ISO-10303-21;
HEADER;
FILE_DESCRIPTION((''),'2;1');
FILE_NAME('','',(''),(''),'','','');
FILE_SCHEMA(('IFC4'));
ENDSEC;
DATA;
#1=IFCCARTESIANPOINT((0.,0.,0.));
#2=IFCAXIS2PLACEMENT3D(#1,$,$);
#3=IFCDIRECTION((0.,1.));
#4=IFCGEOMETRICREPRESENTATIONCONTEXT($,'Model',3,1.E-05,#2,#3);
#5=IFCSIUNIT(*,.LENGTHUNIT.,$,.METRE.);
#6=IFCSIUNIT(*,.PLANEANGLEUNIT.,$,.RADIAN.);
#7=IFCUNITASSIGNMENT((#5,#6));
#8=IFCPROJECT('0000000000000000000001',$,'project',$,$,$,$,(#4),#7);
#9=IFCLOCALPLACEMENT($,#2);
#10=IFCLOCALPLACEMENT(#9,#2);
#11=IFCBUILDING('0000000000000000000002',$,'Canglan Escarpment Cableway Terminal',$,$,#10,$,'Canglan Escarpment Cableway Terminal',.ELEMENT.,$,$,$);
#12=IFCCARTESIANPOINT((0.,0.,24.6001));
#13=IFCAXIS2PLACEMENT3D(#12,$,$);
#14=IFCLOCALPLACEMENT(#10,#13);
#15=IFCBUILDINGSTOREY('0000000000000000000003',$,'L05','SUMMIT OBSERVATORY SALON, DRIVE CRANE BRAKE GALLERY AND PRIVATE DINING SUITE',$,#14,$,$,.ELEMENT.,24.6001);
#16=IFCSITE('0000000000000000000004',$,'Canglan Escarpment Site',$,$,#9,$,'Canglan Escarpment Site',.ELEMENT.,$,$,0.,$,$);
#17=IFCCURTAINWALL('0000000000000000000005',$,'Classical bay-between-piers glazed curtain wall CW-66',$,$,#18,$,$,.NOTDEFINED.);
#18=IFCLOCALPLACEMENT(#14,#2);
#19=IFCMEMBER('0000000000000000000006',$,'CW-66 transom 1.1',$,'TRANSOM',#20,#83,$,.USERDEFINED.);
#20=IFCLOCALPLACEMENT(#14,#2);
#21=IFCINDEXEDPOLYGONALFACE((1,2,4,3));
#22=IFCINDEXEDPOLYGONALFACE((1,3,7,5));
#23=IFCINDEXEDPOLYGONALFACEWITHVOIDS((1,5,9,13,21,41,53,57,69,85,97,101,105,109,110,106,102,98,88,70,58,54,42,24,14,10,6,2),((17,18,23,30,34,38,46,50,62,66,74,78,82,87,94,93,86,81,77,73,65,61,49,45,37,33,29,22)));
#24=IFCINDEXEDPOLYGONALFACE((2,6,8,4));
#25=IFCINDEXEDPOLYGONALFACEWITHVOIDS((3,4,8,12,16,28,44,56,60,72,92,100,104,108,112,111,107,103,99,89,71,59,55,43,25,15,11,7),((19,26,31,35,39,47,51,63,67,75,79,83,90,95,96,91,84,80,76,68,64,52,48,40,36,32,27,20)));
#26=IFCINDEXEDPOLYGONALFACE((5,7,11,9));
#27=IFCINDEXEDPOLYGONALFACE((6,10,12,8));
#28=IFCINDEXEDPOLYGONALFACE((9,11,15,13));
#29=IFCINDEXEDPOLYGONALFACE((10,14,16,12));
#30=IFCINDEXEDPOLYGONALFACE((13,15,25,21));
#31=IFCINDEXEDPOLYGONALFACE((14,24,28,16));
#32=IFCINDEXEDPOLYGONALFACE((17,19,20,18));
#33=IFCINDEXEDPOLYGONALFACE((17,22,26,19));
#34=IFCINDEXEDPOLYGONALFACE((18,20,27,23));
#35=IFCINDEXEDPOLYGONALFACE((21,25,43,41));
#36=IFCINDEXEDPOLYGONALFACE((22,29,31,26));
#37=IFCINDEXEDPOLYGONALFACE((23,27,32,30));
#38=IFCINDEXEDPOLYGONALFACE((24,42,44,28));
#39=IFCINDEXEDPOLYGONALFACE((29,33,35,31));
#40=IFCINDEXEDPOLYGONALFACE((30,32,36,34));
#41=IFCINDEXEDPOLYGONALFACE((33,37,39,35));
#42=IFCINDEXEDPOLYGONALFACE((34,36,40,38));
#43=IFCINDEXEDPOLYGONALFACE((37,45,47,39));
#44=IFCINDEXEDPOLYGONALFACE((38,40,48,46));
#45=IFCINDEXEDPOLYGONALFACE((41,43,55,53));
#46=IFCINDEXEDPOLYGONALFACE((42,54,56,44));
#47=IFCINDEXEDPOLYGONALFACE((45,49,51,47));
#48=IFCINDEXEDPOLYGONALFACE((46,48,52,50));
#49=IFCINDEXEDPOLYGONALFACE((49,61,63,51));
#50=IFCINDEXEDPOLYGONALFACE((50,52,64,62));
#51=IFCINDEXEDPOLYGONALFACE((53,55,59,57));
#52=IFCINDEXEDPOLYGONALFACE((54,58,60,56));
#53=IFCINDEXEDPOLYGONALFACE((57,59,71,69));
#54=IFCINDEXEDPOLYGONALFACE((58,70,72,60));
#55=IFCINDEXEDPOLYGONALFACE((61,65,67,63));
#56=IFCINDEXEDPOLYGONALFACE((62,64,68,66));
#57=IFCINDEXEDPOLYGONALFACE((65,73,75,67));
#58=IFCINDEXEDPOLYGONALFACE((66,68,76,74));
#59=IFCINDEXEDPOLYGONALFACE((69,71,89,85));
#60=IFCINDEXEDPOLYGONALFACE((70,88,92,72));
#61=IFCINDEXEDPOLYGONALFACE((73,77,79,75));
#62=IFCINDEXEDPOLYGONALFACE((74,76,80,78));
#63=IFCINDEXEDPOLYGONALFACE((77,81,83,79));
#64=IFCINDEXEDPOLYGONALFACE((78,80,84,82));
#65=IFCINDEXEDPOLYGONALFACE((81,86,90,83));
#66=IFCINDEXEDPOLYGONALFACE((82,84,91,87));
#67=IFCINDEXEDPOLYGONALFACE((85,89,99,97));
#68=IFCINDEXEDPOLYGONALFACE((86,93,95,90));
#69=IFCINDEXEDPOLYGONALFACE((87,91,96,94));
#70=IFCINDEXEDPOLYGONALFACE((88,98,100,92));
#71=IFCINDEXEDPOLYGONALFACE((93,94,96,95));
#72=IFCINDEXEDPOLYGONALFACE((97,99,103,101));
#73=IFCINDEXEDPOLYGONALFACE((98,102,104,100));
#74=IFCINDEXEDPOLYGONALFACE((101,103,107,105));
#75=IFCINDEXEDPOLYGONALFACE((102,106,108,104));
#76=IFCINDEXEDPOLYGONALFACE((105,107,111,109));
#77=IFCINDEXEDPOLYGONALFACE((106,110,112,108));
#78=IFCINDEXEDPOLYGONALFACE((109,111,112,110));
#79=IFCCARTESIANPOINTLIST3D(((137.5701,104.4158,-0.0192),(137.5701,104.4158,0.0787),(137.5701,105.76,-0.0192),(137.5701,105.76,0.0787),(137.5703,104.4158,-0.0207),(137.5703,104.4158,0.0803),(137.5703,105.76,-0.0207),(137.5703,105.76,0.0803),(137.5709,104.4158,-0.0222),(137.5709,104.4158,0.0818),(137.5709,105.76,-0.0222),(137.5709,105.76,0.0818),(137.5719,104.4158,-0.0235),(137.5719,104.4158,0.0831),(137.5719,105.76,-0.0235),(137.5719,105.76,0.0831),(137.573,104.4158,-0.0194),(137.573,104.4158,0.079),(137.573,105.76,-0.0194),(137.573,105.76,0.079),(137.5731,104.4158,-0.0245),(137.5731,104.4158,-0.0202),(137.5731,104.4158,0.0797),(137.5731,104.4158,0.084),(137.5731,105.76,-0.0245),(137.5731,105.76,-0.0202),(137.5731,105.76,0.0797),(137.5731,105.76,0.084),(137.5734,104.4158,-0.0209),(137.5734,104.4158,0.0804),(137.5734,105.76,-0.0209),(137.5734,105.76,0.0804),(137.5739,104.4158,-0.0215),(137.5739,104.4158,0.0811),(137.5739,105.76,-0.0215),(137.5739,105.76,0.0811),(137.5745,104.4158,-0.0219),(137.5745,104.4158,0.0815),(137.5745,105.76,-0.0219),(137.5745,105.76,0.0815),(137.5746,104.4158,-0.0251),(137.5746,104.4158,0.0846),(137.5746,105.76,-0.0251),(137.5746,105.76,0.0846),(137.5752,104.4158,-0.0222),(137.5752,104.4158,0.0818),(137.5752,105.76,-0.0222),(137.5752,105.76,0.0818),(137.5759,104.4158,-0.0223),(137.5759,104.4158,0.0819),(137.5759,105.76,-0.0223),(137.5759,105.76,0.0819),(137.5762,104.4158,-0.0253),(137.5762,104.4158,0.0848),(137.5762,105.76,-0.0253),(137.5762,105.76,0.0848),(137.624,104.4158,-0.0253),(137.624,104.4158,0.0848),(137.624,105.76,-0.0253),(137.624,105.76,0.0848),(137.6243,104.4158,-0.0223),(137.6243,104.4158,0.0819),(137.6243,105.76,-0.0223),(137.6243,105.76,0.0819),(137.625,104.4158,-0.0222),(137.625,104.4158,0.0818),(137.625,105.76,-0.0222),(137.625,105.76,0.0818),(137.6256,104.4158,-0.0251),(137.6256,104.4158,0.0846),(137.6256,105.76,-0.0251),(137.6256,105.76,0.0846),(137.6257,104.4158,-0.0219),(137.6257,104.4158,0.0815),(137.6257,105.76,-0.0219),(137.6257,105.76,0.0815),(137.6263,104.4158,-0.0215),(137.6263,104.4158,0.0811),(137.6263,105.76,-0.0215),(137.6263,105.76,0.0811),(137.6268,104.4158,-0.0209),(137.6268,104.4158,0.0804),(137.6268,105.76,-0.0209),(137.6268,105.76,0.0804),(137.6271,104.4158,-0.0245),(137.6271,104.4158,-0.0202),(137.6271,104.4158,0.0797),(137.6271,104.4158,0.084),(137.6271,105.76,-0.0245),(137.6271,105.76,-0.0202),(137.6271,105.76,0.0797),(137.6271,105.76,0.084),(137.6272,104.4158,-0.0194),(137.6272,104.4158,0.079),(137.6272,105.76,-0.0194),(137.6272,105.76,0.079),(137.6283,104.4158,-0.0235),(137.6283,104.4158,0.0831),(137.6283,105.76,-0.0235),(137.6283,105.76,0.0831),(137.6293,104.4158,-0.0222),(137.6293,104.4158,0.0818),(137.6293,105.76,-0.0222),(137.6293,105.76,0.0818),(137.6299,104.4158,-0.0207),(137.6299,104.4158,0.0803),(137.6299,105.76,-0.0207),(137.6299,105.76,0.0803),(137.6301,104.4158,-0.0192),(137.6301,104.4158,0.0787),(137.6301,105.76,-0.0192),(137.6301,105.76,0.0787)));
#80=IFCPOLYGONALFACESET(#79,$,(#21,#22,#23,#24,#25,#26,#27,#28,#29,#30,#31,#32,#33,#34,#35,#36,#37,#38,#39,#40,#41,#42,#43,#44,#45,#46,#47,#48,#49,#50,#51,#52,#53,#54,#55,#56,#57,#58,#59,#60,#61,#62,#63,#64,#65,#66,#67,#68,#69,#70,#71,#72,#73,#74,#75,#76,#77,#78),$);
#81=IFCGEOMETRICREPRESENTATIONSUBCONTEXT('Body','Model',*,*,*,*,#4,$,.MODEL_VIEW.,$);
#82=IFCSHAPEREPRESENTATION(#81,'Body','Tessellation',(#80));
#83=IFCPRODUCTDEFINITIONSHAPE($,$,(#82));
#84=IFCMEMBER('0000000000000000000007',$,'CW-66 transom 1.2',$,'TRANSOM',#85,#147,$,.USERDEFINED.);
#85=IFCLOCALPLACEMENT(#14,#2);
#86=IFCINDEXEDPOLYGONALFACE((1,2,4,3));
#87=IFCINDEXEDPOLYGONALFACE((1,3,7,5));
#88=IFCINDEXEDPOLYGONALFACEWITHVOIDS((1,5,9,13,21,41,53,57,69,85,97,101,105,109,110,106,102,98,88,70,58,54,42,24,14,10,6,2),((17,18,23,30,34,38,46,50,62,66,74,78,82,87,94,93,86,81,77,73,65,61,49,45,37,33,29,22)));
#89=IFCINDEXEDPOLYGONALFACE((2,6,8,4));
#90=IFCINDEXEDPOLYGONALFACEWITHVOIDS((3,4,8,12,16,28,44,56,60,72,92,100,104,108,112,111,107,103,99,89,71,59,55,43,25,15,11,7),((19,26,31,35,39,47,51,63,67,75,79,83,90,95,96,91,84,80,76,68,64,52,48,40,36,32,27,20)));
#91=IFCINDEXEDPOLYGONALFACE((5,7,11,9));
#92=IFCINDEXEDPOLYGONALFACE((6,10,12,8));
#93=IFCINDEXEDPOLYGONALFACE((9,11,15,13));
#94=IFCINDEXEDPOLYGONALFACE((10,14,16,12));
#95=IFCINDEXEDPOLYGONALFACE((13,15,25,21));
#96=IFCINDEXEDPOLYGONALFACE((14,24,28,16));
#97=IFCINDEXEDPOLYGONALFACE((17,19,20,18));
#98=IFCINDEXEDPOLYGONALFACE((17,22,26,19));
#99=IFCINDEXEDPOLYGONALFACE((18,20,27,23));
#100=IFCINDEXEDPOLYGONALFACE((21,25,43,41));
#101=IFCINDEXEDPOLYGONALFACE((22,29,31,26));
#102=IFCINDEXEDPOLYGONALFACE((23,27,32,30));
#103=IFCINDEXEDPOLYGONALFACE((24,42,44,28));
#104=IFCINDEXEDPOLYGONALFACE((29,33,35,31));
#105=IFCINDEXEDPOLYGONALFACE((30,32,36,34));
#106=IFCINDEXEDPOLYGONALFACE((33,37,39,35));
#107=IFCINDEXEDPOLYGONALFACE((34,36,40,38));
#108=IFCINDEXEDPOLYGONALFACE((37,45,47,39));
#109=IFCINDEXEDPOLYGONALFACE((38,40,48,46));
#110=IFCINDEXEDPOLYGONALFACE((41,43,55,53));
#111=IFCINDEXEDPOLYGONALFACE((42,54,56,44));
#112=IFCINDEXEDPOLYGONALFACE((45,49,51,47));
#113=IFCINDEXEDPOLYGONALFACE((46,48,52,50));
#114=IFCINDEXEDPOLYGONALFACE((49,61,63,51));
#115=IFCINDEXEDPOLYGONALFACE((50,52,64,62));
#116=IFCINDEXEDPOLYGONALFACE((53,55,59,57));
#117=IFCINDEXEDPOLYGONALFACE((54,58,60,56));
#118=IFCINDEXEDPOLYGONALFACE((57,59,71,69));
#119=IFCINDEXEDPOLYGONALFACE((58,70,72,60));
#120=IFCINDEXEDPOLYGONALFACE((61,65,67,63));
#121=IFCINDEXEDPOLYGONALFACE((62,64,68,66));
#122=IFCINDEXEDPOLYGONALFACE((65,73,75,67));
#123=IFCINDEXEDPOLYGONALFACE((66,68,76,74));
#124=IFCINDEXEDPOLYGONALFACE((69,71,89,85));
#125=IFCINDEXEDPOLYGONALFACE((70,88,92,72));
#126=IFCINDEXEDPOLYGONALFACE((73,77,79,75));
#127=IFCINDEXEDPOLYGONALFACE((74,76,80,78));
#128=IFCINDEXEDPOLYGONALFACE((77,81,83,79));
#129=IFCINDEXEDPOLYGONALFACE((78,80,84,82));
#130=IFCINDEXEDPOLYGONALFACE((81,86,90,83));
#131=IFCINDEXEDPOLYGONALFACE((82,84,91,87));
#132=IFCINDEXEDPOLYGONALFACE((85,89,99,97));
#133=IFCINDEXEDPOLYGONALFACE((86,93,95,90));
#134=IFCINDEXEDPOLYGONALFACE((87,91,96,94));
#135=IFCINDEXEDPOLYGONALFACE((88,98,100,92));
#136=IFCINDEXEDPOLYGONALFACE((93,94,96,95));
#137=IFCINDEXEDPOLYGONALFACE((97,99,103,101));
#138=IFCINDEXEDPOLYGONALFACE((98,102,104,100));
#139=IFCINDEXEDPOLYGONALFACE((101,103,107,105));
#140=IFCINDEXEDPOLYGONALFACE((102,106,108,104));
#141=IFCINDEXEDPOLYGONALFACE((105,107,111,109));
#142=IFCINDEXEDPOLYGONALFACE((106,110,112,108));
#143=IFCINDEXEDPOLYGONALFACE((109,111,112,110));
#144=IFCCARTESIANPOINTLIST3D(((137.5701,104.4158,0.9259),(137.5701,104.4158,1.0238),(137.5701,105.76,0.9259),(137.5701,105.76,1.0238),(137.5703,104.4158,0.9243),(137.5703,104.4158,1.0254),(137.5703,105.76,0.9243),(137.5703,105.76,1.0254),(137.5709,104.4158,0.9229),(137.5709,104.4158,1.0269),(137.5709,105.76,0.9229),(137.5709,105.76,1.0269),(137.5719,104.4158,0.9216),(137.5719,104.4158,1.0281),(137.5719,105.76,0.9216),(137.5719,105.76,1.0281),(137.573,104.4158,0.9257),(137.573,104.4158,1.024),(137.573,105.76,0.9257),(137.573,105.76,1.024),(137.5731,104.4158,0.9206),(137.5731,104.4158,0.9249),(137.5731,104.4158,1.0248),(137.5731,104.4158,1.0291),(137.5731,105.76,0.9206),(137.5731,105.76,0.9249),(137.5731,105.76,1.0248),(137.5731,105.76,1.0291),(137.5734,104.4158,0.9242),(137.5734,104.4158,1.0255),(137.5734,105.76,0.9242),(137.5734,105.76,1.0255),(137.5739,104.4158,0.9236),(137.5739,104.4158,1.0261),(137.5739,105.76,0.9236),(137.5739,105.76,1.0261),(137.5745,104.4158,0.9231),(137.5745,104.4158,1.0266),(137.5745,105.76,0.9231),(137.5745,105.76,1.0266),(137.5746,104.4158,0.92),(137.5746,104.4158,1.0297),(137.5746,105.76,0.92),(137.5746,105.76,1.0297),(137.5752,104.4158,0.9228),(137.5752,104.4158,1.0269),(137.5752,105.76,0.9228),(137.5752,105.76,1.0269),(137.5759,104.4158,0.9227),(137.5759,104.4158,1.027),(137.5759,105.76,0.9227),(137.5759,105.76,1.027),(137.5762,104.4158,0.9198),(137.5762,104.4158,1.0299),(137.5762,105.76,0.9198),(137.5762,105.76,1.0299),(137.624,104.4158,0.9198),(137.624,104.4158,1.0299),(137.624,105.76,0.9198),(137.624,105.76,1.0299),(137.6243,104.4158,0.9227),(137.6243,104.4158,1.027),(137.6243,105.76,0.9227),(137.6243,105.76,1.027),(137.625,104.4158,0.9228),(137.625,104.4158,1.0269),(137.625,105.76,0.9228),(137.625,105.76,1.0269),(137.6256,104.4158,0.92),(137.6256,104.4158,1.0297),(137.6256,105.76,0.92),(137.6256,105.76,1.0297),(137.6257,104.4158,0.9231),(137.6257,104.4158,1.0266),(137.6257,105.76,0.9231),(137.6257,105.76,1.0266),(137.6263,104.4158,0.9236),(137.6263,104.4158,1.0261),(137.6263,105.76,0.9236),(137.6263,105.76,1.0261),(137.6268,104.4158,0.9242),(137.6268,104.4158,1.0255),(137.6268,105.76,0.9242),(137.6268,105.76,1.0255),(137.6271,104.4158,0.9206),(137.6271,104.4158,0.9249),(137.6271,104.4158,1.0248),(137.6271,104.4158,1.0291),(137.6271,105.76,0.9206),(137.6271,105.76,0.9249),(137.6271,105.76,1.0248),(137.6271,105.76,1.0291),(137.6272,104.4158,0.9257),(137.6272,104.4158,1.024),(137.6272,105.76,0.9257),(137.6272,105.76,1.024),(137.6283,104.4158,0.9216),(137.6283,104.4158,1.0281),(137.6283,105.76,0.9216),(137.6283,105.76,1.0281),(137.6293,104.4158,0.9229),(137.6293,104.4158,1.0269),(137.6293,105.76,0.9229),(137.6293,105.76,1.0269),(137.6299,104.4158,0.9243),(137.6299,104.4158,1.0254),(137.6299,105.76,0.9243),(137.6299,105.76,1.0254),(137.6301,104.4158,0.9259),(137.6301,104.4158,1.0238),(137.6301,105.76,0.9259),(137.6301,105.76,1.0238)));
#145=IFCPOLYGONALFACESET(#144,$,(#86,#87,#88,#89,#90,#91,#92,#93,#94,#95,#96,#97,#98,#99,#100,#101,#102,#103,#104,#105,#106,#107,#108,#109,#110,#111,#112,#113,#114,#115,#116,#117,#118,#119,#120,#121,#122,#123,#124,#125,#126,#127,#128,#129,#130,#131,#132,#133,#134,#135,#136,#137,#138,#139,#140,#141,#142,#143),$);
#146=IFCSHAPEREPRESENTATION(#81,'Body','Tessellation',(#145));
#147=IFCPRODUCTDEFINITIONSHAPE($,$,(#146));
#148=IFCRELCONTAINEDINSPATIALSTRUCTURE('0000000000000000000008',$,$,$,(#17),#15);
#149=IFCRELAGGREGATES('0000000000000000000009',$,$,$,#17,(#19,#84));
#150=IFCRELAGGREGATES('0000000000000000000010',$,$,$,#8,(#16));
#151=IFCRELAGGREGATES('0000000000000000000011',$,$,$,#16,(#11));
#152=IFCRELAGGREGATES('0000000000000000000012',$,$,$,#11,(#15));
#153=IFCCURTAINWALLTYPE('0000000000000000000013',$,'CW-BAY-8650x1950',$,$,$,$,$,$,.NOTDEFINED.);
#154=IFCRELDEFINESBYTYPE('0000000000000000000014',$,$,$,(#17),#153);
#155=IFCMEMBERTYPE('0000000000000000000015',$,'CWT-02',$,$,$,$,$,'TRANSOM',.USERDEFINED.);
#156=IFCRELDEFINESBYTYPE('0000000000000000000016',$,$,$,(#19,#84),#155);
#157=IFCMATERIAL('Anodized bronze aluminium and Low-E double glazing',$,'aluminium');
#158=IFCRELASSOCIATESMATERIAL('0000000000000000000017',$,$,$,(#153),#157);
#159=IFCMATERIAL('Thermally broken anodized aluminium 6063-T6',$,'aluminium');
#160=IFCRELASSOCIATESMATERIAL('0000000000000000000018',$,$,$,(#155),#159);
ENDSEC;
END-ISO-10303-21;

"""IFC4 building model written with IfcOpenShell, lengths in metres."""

from ifc_helpers import new_model, si_unit, direction, frame, origin, origin_2d, place, context, subcontext, project, spatial, hollow_rectangle, extrude, material, material_profile, profile_set, type_object, element, aggregate, save


model = new_model("IFC4")

# Units and contexts
model_context = context("Model", 3, precision=1e-05, world=origin(), true_north=direction((0.0, 1.0)))
body_context = subcontext(model_context, "Body", "Model", "MODEL_VIEW")
ifc_project = project(units=[si_unit("LENGTHUNIT", "METRE"), si_unit("PLANEANGLEUNIT", "RADIAN")], contexts=[model_context])

# Site, building, storey
site_placement = place(None, origin())
site = spatial("IfcSite", under=ifc_project, at=site_placement, Name="Canglan Escarpment Site", LongName="Canglan Escarpment Site", CompositionType="ELEMENT", RefElevation=0.0)
building_placement = place(site_placement, origin())
building = spatial("IfcBuilding", under=site, at=building_placement, Name="Canglan Escarpment Cableway Terminal", LongName="Canglan Escarpment Cableway Terminal", CompositionType="ELEMENT")
storey_placement = place(building_placement, frame((0.0, 0.0, 24.6001)))
storey = spatial("IfcBuildingStorey", under=building, at=storey_placement, Name="L05", Description="SUMMIT OBSERVATORY SALON, DRIVE CRANE BRAKE GALLERY AND PRIVATE DINING SUITE", CompositionType="ELEMENT", Elevation=24.6001)

# Curtain wall, members
ifc_material_1 = material(Name="Anodized bronze aluminium and Low-E double glazing", Category="aluminium")
curtain_wall_type = type_object("IfcCurtainWallType", Name="CW-BAY-8650x1950", PredefinedType="NOTDEFINED", material=ifc_material_1)
curtain_wall_placement = place(storey_placement, origin())
curtain_wall = element("IfcCurtainWall", 1, at=curtain_wall_placement, inside=storey, type_object=curtain_wall_type, Name="Classical bay-between-piers glazed curtain wall CW-66", PredefinedType="NOTDEFINED")
ifc_material_2 = material(Name="Thermally broken anodized aluminium 6063-T6", Category="aluminium")
ifc_material_profile_1 = material_profile(ifc_material_2, hollow_rectangle(XDim=0.0601, YDim=0.1101, WallThickness=0.0029, InnerFilletRadius=0.0029, OuterFilletRadius=0.0061, at=origin_2d()), Name="ALU-TRAN 60x110x3")
ifc_profile_set_1 = profile_set([ifc_material_profile_1], Name="Thermally broken anodized aluminium 6063-T6")
member_type_1 = type_object("IfcMemberType", Name="CWT-02", ElementType="TRANSOM", PredefinedType="USERDEFINED", material=ifc_profile_set_1)
member_1_placement = place(storey_placement, frame((137.6001, 105.76, 0.0298), z_axis=(0.0, -1.0, 0.0), x_axis=(1.0, 0.0, 0.0)))
member_1 = element("IfcMember", 2, at=member_1_placement, type_object=member_type_1, Name="CW-66 transom 1.1", ObjectType="TRANSOM", PredefinedType="USERDEFINED", context=body_context, shape_type="SweptSolid", body=[
    extrude(hollow_rectangle(XDim=0.0601, YDim=0.1101, WallThickness=0.0029, InnerFilletRadius=0.0029, OuterFilletRadius=0.0061, at=origin_2d()), origin(), (0.0, 0.0, 1.0), 1.3442),
])
member_2_placement = place(storey_placement, frame((137.6001, 105.76, 0.9749), z_axis=(0.0, -1.0, 0.0), x_axis=(1.0, 0.0, 0.0)))
member_2 = element("IfcMember", 3, at=member_2_placement, type_object=member_type_1, Name="CW-66 transom 1.2", ObjectType="TRANSOM", PredefinedType="USERDEFINED", context=body_context, shape_type="SweptSolid", body=[
    extrude(hollow_rectangle(XDim=0.0601, YDim=0.1101, WallThickness=0.0029, InnerFilletRadius=0.0029, OuterFilletRadius=0.0061, at=origin_2d()), origin(), (0.0, 0.0, 1.0), 1.3442),
])

aggregate(curtain_wall, [member_1, member_2])

save(model, "model.ifc")
